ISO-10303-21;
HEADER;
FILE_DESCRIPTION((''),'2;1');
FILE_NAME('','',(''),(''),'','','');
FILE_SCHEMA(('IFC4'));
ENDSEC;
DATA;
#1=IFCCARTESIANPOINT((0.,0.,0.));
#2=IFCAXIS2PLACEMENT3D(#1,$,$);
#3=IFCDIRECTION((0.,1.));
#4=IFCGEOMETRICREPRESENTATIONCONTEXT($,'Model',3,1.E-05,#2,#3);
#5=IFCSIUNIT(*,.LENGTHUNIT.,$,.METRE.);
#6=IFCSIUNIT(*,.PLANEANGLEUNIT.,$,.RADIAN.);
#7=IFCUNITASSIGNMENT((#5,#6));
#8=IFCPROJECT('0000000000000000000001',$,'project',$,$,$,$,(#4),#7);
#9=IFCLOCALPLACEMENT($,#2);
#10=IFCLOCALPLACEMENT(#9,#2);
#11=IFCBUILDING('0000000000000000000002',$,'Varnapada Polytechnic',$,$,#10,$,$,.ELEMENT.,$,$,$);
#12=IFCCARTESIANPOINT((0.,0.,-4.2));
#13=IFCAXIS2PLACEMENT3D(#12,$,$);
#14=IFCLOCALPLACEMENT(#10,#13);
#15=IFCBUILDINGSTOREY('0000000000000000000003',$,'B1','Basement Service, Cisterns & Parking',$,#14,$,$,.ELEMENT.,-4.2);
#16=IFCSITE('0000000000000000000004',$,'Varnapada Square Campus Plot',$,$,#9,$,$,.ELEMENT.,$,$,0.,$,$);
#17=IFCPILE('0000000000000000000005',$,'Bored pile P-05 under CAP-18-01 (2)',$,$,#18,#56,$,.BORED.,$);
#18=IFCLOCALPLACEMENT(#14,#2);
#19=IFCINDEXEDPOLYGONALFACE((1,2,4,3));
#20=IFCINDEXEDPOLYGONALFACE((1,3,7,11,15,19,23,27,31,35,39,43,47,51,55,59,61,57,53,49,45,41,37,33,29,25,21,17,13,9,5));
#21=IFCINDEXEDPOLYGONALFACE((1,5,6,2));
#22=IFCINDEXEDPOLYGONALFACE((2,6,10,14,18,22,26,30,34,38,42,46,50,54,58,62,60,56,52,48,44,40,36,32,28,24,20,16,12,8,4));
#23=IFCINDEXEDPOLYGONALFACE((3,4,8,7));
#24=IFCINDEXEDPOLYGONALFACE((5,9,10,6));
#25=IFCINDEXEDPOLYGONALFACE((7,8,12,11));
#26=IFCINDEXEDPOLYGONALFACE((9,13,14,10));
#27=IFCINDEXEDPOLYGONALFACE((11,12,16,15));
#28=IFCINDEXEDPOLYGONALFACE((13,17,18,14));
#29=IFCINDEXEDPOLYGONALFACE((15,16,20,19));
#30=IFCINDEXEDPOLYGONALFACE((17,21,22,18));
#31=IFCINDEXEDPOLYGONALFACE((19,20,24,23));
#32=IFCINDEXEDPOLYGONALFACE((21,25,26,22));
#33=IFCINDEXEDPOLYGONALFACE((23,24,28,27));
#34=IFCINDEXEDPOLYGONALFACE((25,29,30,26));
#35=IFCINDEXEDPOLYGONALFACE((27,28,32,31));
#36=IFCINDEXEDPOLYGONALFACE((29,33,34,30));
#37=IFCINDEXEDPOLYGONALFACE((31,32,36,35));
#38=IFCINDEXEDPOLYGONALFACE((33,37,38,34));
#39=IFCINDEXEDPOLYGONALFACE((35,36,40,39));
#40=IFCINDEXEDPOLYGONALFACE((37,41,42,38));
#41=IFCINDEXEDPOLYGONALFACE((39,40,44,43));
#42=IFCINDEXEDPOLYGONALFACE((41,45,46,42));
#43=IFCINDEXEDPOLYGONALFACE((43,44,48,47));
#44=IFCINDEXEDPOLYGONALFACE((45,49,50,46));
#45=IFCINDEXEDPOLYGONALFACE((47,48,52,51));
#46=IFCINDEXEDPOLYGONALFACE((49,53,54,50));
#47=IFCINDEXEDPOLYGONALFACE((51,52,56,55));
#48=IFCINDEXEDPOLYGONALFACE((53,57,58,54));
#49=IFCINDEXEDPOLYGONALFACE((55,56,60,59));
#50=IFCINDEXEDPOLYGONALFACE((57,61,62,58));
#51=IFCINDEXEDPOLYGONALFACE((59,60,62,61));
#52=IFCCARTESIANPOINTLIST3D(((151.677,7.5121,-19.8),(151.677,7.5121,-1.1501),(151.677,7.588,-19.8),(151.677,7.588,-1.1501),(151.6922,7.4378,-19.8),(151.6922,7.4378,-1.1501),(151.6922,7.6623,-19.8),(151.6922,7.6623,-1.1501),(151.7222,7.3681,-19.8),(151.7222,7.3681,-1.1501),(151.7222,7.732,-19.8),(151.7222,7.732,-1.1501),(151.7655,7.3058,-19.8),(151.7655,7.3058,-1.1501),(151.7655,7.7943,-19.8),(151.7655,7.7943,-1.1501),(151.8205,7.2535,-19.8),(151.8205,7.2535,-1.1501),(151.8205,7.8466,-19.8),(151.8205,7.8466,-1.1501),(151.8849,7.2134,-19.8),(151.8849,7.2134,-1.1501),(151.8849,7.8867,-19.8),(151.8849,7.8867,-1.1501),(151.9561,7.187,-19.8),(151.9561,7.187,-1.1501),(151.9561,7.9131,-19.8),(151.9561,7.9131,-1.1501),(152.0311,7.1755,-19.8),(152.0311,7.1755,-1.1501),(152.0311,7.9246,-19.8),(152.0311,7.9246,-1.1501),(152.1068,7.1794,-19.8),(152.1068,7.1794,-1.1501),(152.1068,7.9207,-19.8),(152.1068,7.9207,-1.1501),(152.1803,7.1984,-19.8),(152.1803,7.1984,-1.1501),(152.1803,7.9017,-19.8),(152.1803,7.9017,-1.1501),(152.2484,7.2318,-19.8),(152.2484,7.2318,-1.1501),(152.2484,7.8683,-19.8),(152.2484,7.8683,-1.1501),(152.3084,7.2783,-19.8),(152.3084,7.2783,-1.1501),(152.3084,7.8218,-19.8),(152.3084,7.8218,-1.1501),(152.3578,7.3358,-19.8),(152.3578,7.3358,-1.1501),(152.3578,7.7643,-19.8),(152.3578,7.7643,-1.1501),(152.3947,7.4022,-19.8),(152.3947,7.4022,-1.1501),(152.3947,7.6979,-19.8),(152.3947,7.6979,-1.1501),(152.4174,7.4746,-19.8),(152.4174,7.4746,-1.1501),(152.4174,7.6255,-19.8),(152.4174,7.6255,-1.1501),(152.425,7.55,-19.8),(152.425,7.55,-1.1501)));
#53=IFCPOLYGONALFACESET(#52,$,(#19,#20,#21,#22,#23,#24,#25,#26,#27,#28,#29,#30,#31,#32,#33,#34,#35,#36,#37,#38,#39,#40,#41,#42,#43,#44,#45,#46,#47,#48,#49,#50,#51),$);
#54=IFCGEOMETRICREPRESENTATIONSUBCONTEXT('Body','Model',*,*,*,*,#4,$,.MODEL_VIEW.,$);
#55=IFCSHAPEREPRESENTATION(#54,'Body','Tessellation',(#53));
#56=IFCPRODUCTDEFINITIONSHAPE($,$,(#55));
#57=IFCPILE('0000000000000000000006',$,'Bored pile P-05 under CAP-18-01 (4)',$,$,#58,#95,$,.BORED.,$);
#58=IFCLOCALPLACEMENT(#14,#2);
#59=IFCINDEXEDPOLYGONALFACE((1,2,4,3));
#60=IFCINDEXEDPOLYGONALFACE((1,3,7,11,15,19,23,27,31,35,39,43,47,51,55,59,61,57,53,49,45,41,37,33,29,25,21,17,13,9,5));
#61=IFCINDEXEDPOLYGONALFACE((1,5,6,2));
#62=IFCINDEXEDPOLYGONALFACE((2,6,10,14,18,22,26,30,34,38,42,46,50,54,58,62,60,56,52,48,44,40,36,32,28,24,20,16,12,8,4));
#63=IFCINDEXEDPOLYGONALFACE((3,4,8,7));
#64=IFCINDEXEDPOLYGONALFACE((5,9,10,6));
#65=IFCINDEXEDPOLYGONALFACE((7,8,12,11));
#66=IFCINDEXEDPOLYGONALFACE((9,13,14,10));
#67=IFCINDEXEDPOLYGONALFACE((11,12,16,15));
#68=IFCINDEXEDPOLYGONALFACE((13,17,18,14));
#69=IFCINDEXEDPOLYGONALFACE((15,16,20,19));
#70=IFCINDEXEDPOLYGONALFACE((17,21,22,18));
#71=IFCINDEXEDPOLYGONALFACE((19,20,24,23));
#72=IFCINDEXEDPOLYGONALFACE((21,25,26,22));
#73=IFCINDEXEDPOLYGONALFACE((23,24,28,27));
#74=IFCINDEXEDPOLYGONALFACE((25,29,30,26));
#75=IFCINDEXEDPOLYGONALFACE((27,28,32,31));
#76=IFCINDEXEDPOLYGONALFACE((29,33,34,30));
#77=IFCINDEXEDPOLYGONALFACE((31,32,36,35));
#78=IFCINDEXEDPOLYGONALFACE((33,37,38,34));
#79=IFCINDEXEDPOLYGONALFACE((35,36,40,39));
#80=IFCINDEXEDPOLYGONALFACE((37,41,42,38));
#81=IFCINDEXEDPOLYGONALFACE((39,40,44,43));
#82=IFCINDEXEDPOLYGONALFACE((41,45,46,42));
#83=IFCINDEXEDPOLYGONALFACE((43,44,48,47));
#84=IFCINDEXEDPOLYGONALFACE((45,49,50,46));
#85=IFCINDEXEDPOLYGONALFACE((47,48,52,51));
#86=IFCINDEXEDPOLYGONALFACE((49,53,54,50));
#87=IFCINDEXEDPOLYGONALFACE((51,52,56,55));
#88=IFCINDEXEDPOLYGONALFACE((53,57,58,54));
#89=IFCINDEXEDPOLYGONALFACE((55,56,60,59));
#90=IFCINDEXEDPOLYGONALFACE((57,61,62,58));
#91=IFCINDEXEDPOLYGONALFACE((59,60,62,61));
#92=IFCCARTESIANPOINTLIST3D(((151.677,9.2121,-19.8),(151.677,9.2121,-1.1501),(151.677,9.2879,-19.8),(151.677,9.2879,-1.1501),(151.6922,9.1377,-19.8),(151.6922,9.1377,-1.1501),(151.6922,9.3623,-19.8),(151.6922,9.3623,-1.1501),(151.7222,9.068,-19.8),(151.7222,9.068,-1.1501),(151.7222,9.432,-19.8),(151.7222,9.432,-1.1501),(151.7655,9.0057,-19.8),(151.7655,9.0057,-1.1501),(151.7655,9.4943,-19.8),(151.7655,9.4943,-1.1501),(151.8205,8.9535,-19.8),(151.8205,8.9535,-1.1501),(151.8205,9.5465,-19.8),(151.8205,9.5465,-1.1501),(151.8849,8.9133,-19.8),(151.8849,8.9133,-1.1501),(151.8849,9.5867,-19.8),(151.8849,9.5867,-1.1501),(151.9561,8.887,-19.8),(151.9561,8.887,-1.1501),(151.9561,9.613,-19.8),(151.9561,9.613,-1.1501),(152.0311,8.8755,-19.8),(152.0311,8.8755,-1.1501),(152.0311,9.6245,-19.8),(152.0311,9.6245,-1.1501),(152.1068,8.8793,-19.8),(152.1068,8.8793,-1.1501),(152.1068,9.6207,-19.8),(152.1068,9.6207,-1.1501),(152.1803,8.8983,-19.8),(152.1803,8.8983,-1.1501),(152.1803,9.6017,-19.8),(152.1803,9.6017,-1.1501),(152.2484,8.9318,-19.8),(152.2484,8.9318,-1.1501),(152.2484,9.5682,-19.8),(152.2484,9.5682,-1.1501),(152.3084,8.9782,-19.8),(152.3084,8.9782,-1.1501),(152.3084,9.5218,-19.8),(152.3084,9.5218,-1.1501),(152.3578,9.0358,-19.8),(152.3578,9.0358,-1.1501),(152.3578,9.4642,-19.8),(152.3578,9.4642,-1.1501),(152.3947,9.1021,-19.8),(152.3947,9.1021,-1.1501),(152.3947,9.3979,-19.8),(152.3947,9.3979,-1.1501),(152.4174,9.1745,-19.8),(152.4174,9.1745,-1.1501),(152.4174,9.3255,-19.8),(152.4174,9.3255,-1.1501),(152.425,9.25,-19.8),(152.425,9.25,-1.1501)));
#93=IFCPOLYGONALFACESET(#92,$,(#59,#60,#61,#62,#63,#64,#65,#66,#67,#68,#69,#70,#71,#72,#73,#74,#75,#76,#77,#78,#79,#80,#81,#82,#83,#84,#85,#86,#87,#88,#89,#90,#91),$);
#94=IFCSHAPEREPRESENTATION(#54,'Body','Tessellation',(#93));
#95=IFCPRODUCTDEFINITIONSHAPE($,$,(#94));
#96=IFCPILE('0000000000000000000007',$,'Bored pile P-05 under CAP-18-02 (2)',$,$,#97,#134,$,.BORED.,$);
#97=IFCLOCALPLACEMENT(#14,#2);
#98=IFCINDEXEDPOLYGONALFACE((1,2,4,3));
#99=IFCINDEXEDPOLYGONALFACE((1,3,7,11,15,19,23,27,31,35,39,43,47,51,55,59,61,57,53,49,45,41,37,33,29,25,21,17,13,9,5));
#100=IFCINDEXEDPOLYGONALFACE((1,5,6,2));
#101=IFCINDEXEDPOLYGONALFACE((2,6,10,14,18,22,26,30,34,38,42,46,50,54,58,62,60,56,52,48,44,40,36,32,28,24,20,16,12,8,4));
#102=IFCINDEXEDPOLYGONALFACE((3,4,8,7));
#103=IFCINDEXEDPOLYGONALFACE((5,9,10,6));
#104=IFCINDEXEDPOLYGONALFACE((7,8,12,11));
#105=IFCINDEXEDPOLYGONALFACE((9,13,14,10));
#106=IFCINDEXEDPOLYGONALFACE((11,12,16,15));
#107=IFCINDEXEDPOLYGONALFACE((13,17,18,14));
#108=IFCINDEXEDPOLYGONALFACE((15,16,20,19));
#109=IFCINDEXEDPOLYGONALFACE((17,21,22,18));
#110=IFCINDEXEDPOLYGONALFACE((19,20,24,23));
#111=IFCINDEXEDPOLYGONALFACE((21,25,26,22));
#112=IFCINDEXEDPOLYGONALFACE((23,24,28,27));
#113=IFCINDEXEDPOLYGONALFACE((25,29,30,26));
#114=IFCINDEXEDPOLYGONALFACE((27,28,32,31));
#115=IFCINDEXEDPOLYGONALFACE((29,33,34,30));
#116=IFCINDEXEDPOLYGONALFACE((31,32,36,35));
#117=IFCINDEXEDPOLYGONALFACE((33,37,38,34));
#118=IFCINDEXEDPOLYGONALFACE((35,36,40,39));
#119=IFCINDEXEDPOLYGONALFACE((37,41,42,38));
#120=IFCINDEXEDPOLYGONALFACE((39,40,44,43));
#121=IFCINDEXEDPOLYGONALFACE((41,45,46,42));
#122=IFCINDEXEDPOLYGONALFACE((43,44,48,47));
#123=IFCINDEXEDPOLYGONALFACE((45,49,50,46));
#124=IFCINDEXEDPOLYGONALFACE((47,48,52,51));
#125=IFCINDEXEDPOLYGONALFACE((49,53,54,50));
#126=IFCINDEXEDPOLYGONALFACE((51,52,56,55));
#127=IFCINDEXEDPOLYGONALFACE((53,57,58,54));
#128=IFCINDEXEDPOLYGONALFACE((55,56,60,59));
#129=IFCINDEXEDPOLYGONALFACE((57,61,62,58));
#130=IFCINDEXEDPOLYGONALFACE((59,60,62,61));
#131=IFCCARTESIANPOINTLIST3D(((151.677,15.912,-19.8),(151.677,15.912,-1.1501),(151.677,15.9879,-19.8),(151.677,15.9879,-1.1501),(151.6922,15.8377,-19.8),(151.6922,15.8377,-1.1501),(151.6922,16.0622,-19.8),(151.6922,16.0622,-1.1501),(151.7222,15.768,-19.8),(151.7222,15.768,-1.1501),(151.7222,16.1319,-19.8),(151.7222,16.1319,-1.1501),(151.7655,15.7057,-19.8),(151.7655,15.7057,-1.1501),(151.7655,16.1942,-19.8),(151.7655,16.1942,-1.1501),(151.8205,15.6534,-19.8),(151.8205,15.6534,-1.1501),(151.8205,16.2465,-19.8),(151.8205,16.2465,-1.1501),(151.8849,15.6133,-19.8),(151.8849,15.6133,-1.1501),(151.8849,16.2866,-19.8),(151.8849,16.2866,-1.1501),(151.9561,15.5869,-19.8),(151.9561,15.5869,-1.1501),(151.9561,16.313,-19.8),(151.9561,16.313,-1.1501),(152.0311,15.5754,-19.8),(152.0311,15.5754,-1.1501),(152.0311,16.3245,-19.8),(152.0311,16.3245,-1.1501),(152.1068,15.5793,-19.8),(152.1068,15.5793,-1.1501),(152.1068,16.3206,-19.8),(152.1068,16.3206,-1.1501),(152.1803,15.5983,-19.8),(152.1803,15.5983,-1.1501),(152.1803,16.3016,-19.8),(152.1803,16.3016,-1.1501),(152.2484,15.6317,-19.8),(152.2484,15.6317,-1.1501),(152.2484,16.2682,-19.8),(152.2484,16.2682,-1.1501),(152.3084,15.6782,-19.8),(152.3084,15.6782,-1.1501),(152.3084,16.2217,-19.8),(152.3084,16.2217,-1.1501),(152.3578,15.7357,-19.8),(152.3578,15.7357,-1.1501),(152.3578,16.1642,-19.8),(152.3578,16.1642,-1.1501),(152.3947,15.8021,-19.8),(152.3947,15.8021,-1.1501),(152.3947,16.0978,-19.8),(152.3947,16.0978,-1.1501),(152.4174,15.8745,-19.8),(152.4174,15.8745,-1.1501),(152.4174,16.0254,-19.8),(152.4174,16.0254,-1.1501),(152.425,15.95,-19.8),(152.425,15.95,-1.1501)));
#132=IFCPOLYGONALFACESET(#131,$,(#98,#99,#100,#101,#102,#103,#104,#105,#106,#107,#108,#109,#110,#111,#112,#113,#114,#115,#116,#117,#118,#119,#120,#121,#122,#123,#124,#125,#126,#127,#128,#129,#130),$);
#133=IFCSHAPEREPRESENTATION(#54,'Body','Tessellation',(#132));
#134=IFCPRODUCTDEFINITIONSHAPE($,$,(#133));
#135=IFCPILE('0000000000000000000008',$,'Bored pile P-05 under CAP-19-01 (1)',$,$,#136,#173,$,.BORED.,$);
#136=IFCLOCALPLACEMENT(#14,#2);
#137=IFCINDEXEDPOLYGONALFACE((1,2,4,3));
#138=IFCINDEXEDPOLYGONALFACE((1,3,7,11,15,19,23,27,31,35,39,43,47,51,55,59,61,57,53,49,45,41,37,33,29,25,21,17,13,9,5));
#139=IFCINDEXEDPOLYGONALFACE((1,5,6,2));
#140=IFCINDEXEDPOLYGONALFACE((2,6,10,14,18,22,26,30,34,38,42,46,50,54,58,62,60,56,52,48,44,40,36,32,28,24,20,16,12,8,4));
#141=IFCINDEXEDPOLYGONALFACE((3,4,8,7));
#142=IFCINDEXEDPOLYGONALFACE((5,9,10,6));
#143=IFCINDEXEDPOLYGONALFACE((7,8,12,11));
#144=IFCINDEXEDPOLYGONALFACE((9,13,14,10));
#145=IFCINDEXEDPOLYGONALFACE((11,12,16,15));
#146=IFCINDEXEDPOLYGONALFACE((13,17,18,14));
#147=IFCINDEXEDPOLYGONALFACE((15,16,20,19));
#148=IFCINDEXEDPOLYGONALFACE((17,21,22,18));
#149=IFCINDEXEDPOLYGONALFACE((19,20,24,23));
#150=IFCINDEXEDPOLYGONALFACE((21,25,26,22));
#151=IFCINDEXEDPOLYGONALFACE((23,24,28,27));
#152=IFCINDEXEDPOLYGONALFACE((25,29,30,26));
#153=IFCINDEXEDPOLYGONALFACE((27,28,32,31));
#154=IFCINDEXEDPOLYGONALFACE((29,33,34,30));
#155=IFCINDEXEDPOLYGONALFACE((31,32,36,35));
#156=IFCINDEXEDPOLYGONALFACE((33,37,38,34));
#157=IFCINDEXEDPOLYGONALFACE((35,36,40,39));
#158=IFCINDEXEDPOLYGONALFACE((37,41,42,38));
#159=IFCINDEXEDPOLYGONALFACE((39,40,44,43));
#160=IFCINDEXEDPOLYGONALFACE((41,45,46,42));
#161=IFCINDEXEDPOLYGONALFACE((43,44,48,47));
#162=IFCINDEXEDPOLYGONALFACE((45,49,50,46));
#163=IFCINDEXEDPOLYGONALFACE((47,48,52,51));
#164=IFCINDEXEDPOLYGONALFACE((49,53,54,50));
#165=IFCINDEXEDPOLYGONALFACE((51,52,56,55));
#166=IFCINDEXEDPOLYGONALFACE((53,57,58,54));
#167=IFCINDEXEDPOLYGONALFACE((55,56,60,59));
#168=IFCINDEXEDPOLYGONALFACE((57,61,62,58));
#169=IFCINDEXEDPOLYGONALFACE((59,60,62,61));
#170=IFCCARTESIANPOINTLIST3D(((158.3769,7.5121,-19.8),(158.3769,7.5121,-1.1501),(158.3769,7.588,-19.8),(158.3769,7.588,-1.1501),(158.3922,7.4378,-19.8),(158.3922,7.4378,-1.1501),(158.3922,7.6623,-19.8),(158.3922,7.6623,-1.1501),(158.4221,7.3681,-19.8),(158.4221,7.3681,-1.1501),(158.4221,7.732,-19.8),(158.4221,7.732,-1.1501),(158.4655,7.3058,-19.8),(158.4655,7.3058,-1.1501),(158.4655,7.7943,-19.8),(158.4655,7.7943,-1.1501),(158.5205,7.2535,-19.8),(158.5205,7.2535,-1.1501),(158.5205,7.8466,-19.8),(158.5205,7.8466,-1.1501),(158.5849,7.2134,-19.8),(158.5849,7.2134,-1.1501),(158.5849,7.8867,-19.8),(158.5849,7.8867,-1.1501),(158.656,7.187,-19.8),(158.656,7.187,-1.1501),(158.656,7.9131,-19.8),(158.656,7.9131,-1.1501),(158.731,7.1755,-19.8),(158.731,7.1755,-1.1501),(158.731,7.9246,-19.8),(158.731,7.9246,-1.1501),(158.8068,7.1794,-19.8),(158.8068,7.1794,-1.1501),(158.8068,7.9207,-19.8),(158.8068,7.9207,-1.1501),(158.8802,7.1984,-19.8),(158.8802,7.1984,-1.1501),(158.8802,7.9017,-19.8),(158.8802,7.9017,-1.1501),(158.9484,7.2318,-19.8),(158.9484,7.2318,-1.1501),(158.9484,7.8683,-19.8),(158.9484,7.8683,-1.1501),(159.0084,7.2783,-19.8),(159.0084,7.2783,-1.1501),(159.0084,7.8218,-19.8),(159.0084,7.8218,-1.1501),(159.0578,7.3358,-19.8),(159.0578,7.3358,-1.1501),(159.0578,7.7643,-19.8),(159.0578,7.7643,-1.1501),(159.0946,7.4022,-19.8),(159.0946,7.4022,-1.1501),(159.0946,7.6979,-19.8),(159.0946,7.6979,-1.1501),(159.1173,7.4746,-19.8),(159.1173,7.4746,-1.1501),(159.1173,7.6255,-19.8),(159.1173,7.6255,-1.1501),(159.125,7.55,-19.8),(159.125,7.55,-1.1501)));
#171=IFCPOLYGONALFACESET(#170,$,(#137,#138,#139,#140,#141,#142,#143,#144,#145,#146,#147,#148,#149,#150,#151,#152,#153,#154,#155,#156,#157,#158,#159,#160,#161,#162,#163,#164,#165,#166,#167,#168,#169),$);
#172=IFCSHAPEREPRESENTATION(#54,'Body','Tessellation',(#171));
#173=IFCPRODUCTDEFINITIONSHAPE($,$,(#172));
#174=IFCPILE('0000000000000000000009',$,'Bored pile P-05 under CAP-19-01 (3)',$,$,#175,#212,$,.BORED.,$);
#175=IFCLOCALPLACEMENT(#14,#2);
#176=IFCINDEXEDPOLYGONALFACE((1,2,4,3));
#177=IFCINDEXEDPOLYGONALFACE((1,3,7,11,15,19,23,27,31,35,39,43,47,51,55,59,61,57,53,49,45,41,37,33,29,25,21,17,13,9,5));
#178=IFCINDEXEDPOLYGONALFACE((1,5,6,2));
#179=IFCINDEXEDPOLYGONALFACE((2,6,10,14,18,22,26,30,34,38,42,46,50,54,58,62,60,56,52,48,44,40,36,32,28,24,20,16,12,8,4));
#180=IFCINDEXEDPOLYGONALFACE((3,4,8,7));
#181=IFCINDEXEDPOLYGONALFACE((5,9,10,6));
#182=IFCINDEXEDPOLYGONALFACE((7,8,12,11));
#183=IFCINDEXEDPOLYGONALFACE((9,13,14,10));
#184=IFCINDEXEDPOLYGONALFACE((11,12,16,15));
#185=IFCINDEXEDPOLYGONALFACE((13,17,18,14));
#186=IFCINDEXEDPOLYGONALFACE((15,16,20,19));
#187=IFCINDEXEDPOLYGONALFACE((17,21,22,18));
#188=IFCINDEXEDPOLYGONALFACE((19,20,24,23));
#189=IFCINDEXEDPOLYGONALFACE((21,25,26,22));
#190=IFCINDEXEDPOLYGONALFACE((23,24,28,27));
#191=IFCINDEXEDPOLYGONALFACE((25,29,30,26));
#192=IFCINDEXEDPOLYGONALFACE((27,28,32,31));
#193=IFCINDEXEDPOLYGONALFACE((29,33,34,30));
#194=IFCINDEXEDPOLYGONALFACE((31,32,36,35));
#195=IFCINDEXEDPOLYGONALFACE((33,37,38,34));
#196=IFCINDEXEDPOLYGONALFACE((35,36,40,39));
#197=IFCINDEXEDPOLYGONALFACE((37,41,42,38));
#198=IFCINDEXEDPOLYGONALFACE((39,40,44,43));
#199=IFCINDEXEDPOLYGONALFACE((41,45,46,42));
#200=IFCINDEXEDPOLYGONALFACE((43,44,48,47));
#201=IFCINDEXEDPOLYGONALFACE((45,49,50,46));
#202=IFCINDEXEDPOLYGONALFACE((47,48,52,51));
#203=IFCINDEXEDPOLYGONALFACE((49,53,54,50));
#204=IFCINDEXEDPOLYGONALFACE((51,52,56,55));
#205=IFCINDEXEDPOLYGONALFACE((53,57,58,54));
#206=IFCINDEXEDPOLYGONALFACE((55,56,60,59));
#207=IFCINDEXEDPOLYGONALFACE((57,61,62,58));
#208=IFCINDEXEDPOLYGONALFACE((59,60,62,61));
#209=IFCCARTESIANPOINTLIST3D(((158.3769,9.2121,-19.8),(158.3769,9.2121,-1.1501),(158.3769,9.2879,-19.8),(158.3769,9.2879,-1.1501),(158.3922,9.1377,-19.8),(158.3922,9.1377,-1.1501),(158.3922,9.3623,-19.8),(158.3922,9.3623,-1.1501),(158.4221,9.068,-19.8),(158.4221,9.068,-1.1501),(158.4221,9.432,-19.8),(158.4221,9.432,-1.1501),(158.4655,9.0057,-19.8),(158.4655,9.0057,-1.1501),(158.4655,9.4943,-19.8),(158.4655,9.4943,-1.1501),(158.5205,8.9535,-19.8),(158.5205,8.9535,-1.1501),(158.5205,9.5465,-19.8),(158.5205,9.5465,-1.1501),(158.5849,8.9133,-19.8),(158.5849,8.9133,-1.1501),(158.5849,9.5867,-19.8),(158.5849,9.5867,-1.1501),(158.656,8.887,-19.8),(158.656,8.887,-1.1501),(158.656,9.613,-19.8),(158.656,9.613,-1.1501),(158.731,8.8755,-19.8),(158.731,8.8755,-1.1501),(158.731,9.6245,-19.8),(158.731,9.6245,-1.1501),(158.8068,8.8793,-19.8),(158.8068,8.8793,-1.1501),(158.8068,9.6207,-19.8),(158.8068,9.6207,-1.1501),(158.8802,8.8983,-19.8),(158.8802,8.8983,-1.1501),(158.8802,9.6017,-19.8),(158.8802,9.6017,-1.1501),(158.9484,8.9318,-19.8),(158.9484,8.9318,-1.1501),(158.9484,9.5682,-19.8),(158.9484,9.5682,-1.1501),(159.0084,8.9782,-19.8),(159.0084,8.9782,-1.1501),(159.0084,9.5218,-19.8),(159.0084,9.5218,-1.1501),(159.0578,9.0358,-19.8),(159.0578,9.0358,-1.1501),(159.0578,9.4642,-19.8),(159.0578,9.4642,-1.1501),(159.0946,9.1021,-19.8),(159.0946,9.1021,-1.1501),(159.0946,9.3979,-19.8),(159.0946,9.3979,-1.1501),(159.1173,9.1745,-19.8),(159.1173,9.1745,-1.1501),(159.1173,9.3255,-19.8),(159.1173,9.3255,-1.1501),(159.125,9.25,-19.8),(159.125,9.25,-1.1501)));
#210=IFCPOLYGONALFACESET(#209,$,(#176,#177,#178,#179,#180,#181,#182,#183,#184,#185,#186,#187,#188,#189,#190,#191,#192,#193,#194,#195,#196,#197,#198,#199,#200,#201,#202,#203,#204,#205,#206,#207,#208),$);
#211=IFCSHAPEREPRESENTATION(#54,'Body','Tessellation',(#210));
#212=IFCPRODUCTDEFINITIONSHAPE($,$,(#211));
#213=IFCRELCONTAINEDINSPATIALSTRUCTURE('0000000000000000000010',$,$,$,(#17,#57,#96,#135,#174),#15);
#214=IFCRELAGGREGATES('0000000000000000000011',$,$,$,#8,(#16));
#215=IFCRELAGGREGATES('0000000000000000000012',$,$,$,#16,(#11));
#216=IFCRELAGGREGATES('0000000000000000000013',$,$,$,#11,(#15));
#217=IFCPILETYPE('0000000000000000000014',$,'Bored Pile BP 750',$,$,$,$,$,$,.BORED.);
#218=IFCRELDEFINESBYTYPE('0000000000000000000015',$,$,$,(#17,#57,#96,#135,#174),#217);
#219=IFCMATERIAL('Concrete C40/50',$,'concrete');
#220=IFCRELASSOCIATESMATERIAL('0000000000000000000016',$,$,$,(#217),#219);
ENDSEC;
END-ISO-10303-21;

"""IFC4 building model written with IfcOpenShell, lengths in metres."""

from ifc_helpers import new_model, si_unit, direction, frame, origin, origin_2d, place, context, subcontext, project, spatial, circle, extrude, material, material_profile, profile_set, type_object, element, save


model = new_model("IFC4")

# Units and contexts
model_context = context("Model", 3, precision=1e-05, world=origin(), true_north=direction((0.0, 1.0)))
body_context = subcontext(model_context, "Body", "Model", "MODEL_VIEW")
ifc_project = project(units=[si_unit("LENGTHUNIT", "METRE"), si_unit("PLANEANGLEUNIT", "RADIAN")], contexts=[model_context])

# Site, building, storey
site_placement = place(None, origin())
site = spatial("IfcSite", under=ifc_project, at=site_placement, Name="Varnapada Square Campus Plot", CompositionType="ELEMENT", RefElevation=0.0)
building_placement = place(site_placement, origin())
building = spatial("IfcBuilding", under=site, at=building_placement, Name="Varnapada Polytechnic", CompositionType="ELEMENT")
storey_placement = place(building_placement, frame((0.0, 0.0, -4.2)))
storey = spatial("IfcBuildingStorey", under=building, at=storey_placement, Name="B1", Description="Basement Service, Cisterns & Parking", CompositionType="ELEMENT", Elevation=-4.2)

# Piles
ifc_material_1 = material(Name="Concrete C40/50", Category="concrete")
ifc_material_profile_1 = material_profile(ifc_material_1, circle(Radius=0.375, at=origin_2d()), Name="BP 750")
ifc_profile_set_1 = profile_set([ifc_material_profile_1], Name="Concrete C40/50")
pile_type_1 = type_object("IfcPileType", Name="Bored Pile BP 750", PredefinedType="BORED", material=ifc_profile_set_1)
for number, where, z_axis, x_axis, name in (
    (1, (152.05, 7.55, -1.1501), (0.0, 0.0, -1.0), (1.0, 0.0, 0.0), "Bored pile P-05 under CAP-18-01 (2)"),
    (2, (152.05, 9.25, -1.1501), (0.0, 0.0, -1.0), (1.0, 0.0, 0.0), "Bored pile P-05 under CAP-18-01 (4)"),
    (3, (152.05, 15.95, -1.1501), (0.0, 0.0, -1.0), (1.0, 0.0, 0.0), "Bored pile P-05 under CAP-18-02 (2)"),
    (4, (158.75, 7.55, -1.1501), (0.0, 0.0, -1.0), (1.0, 0.0, 0.0), "Bored pile P-05 under CAP-19-01 (1)"),
    (5, (158.75, 9.25, -1.1501), (0.0, 0.0, -1.0), (1.0, 0.0, 0.0), "Bored pile P-05 under CAP-19-01 (3)"),
):
    element("IfcPile", number, at=place(storey_placement, frame(where, z_axis=z_axis, x_axis=x_axis)), inside=storey, type_object=pile_type_1, Name=name, PredefinedType="BORED", context=body_context, shape_type="SweptSolid", body=[
        extrude(circle(Radius=0.375, at=origin_2d()), origin(), (0.0, 0.0, 1.0), 18.6499),
    ])

save(model, "model.ifc")
